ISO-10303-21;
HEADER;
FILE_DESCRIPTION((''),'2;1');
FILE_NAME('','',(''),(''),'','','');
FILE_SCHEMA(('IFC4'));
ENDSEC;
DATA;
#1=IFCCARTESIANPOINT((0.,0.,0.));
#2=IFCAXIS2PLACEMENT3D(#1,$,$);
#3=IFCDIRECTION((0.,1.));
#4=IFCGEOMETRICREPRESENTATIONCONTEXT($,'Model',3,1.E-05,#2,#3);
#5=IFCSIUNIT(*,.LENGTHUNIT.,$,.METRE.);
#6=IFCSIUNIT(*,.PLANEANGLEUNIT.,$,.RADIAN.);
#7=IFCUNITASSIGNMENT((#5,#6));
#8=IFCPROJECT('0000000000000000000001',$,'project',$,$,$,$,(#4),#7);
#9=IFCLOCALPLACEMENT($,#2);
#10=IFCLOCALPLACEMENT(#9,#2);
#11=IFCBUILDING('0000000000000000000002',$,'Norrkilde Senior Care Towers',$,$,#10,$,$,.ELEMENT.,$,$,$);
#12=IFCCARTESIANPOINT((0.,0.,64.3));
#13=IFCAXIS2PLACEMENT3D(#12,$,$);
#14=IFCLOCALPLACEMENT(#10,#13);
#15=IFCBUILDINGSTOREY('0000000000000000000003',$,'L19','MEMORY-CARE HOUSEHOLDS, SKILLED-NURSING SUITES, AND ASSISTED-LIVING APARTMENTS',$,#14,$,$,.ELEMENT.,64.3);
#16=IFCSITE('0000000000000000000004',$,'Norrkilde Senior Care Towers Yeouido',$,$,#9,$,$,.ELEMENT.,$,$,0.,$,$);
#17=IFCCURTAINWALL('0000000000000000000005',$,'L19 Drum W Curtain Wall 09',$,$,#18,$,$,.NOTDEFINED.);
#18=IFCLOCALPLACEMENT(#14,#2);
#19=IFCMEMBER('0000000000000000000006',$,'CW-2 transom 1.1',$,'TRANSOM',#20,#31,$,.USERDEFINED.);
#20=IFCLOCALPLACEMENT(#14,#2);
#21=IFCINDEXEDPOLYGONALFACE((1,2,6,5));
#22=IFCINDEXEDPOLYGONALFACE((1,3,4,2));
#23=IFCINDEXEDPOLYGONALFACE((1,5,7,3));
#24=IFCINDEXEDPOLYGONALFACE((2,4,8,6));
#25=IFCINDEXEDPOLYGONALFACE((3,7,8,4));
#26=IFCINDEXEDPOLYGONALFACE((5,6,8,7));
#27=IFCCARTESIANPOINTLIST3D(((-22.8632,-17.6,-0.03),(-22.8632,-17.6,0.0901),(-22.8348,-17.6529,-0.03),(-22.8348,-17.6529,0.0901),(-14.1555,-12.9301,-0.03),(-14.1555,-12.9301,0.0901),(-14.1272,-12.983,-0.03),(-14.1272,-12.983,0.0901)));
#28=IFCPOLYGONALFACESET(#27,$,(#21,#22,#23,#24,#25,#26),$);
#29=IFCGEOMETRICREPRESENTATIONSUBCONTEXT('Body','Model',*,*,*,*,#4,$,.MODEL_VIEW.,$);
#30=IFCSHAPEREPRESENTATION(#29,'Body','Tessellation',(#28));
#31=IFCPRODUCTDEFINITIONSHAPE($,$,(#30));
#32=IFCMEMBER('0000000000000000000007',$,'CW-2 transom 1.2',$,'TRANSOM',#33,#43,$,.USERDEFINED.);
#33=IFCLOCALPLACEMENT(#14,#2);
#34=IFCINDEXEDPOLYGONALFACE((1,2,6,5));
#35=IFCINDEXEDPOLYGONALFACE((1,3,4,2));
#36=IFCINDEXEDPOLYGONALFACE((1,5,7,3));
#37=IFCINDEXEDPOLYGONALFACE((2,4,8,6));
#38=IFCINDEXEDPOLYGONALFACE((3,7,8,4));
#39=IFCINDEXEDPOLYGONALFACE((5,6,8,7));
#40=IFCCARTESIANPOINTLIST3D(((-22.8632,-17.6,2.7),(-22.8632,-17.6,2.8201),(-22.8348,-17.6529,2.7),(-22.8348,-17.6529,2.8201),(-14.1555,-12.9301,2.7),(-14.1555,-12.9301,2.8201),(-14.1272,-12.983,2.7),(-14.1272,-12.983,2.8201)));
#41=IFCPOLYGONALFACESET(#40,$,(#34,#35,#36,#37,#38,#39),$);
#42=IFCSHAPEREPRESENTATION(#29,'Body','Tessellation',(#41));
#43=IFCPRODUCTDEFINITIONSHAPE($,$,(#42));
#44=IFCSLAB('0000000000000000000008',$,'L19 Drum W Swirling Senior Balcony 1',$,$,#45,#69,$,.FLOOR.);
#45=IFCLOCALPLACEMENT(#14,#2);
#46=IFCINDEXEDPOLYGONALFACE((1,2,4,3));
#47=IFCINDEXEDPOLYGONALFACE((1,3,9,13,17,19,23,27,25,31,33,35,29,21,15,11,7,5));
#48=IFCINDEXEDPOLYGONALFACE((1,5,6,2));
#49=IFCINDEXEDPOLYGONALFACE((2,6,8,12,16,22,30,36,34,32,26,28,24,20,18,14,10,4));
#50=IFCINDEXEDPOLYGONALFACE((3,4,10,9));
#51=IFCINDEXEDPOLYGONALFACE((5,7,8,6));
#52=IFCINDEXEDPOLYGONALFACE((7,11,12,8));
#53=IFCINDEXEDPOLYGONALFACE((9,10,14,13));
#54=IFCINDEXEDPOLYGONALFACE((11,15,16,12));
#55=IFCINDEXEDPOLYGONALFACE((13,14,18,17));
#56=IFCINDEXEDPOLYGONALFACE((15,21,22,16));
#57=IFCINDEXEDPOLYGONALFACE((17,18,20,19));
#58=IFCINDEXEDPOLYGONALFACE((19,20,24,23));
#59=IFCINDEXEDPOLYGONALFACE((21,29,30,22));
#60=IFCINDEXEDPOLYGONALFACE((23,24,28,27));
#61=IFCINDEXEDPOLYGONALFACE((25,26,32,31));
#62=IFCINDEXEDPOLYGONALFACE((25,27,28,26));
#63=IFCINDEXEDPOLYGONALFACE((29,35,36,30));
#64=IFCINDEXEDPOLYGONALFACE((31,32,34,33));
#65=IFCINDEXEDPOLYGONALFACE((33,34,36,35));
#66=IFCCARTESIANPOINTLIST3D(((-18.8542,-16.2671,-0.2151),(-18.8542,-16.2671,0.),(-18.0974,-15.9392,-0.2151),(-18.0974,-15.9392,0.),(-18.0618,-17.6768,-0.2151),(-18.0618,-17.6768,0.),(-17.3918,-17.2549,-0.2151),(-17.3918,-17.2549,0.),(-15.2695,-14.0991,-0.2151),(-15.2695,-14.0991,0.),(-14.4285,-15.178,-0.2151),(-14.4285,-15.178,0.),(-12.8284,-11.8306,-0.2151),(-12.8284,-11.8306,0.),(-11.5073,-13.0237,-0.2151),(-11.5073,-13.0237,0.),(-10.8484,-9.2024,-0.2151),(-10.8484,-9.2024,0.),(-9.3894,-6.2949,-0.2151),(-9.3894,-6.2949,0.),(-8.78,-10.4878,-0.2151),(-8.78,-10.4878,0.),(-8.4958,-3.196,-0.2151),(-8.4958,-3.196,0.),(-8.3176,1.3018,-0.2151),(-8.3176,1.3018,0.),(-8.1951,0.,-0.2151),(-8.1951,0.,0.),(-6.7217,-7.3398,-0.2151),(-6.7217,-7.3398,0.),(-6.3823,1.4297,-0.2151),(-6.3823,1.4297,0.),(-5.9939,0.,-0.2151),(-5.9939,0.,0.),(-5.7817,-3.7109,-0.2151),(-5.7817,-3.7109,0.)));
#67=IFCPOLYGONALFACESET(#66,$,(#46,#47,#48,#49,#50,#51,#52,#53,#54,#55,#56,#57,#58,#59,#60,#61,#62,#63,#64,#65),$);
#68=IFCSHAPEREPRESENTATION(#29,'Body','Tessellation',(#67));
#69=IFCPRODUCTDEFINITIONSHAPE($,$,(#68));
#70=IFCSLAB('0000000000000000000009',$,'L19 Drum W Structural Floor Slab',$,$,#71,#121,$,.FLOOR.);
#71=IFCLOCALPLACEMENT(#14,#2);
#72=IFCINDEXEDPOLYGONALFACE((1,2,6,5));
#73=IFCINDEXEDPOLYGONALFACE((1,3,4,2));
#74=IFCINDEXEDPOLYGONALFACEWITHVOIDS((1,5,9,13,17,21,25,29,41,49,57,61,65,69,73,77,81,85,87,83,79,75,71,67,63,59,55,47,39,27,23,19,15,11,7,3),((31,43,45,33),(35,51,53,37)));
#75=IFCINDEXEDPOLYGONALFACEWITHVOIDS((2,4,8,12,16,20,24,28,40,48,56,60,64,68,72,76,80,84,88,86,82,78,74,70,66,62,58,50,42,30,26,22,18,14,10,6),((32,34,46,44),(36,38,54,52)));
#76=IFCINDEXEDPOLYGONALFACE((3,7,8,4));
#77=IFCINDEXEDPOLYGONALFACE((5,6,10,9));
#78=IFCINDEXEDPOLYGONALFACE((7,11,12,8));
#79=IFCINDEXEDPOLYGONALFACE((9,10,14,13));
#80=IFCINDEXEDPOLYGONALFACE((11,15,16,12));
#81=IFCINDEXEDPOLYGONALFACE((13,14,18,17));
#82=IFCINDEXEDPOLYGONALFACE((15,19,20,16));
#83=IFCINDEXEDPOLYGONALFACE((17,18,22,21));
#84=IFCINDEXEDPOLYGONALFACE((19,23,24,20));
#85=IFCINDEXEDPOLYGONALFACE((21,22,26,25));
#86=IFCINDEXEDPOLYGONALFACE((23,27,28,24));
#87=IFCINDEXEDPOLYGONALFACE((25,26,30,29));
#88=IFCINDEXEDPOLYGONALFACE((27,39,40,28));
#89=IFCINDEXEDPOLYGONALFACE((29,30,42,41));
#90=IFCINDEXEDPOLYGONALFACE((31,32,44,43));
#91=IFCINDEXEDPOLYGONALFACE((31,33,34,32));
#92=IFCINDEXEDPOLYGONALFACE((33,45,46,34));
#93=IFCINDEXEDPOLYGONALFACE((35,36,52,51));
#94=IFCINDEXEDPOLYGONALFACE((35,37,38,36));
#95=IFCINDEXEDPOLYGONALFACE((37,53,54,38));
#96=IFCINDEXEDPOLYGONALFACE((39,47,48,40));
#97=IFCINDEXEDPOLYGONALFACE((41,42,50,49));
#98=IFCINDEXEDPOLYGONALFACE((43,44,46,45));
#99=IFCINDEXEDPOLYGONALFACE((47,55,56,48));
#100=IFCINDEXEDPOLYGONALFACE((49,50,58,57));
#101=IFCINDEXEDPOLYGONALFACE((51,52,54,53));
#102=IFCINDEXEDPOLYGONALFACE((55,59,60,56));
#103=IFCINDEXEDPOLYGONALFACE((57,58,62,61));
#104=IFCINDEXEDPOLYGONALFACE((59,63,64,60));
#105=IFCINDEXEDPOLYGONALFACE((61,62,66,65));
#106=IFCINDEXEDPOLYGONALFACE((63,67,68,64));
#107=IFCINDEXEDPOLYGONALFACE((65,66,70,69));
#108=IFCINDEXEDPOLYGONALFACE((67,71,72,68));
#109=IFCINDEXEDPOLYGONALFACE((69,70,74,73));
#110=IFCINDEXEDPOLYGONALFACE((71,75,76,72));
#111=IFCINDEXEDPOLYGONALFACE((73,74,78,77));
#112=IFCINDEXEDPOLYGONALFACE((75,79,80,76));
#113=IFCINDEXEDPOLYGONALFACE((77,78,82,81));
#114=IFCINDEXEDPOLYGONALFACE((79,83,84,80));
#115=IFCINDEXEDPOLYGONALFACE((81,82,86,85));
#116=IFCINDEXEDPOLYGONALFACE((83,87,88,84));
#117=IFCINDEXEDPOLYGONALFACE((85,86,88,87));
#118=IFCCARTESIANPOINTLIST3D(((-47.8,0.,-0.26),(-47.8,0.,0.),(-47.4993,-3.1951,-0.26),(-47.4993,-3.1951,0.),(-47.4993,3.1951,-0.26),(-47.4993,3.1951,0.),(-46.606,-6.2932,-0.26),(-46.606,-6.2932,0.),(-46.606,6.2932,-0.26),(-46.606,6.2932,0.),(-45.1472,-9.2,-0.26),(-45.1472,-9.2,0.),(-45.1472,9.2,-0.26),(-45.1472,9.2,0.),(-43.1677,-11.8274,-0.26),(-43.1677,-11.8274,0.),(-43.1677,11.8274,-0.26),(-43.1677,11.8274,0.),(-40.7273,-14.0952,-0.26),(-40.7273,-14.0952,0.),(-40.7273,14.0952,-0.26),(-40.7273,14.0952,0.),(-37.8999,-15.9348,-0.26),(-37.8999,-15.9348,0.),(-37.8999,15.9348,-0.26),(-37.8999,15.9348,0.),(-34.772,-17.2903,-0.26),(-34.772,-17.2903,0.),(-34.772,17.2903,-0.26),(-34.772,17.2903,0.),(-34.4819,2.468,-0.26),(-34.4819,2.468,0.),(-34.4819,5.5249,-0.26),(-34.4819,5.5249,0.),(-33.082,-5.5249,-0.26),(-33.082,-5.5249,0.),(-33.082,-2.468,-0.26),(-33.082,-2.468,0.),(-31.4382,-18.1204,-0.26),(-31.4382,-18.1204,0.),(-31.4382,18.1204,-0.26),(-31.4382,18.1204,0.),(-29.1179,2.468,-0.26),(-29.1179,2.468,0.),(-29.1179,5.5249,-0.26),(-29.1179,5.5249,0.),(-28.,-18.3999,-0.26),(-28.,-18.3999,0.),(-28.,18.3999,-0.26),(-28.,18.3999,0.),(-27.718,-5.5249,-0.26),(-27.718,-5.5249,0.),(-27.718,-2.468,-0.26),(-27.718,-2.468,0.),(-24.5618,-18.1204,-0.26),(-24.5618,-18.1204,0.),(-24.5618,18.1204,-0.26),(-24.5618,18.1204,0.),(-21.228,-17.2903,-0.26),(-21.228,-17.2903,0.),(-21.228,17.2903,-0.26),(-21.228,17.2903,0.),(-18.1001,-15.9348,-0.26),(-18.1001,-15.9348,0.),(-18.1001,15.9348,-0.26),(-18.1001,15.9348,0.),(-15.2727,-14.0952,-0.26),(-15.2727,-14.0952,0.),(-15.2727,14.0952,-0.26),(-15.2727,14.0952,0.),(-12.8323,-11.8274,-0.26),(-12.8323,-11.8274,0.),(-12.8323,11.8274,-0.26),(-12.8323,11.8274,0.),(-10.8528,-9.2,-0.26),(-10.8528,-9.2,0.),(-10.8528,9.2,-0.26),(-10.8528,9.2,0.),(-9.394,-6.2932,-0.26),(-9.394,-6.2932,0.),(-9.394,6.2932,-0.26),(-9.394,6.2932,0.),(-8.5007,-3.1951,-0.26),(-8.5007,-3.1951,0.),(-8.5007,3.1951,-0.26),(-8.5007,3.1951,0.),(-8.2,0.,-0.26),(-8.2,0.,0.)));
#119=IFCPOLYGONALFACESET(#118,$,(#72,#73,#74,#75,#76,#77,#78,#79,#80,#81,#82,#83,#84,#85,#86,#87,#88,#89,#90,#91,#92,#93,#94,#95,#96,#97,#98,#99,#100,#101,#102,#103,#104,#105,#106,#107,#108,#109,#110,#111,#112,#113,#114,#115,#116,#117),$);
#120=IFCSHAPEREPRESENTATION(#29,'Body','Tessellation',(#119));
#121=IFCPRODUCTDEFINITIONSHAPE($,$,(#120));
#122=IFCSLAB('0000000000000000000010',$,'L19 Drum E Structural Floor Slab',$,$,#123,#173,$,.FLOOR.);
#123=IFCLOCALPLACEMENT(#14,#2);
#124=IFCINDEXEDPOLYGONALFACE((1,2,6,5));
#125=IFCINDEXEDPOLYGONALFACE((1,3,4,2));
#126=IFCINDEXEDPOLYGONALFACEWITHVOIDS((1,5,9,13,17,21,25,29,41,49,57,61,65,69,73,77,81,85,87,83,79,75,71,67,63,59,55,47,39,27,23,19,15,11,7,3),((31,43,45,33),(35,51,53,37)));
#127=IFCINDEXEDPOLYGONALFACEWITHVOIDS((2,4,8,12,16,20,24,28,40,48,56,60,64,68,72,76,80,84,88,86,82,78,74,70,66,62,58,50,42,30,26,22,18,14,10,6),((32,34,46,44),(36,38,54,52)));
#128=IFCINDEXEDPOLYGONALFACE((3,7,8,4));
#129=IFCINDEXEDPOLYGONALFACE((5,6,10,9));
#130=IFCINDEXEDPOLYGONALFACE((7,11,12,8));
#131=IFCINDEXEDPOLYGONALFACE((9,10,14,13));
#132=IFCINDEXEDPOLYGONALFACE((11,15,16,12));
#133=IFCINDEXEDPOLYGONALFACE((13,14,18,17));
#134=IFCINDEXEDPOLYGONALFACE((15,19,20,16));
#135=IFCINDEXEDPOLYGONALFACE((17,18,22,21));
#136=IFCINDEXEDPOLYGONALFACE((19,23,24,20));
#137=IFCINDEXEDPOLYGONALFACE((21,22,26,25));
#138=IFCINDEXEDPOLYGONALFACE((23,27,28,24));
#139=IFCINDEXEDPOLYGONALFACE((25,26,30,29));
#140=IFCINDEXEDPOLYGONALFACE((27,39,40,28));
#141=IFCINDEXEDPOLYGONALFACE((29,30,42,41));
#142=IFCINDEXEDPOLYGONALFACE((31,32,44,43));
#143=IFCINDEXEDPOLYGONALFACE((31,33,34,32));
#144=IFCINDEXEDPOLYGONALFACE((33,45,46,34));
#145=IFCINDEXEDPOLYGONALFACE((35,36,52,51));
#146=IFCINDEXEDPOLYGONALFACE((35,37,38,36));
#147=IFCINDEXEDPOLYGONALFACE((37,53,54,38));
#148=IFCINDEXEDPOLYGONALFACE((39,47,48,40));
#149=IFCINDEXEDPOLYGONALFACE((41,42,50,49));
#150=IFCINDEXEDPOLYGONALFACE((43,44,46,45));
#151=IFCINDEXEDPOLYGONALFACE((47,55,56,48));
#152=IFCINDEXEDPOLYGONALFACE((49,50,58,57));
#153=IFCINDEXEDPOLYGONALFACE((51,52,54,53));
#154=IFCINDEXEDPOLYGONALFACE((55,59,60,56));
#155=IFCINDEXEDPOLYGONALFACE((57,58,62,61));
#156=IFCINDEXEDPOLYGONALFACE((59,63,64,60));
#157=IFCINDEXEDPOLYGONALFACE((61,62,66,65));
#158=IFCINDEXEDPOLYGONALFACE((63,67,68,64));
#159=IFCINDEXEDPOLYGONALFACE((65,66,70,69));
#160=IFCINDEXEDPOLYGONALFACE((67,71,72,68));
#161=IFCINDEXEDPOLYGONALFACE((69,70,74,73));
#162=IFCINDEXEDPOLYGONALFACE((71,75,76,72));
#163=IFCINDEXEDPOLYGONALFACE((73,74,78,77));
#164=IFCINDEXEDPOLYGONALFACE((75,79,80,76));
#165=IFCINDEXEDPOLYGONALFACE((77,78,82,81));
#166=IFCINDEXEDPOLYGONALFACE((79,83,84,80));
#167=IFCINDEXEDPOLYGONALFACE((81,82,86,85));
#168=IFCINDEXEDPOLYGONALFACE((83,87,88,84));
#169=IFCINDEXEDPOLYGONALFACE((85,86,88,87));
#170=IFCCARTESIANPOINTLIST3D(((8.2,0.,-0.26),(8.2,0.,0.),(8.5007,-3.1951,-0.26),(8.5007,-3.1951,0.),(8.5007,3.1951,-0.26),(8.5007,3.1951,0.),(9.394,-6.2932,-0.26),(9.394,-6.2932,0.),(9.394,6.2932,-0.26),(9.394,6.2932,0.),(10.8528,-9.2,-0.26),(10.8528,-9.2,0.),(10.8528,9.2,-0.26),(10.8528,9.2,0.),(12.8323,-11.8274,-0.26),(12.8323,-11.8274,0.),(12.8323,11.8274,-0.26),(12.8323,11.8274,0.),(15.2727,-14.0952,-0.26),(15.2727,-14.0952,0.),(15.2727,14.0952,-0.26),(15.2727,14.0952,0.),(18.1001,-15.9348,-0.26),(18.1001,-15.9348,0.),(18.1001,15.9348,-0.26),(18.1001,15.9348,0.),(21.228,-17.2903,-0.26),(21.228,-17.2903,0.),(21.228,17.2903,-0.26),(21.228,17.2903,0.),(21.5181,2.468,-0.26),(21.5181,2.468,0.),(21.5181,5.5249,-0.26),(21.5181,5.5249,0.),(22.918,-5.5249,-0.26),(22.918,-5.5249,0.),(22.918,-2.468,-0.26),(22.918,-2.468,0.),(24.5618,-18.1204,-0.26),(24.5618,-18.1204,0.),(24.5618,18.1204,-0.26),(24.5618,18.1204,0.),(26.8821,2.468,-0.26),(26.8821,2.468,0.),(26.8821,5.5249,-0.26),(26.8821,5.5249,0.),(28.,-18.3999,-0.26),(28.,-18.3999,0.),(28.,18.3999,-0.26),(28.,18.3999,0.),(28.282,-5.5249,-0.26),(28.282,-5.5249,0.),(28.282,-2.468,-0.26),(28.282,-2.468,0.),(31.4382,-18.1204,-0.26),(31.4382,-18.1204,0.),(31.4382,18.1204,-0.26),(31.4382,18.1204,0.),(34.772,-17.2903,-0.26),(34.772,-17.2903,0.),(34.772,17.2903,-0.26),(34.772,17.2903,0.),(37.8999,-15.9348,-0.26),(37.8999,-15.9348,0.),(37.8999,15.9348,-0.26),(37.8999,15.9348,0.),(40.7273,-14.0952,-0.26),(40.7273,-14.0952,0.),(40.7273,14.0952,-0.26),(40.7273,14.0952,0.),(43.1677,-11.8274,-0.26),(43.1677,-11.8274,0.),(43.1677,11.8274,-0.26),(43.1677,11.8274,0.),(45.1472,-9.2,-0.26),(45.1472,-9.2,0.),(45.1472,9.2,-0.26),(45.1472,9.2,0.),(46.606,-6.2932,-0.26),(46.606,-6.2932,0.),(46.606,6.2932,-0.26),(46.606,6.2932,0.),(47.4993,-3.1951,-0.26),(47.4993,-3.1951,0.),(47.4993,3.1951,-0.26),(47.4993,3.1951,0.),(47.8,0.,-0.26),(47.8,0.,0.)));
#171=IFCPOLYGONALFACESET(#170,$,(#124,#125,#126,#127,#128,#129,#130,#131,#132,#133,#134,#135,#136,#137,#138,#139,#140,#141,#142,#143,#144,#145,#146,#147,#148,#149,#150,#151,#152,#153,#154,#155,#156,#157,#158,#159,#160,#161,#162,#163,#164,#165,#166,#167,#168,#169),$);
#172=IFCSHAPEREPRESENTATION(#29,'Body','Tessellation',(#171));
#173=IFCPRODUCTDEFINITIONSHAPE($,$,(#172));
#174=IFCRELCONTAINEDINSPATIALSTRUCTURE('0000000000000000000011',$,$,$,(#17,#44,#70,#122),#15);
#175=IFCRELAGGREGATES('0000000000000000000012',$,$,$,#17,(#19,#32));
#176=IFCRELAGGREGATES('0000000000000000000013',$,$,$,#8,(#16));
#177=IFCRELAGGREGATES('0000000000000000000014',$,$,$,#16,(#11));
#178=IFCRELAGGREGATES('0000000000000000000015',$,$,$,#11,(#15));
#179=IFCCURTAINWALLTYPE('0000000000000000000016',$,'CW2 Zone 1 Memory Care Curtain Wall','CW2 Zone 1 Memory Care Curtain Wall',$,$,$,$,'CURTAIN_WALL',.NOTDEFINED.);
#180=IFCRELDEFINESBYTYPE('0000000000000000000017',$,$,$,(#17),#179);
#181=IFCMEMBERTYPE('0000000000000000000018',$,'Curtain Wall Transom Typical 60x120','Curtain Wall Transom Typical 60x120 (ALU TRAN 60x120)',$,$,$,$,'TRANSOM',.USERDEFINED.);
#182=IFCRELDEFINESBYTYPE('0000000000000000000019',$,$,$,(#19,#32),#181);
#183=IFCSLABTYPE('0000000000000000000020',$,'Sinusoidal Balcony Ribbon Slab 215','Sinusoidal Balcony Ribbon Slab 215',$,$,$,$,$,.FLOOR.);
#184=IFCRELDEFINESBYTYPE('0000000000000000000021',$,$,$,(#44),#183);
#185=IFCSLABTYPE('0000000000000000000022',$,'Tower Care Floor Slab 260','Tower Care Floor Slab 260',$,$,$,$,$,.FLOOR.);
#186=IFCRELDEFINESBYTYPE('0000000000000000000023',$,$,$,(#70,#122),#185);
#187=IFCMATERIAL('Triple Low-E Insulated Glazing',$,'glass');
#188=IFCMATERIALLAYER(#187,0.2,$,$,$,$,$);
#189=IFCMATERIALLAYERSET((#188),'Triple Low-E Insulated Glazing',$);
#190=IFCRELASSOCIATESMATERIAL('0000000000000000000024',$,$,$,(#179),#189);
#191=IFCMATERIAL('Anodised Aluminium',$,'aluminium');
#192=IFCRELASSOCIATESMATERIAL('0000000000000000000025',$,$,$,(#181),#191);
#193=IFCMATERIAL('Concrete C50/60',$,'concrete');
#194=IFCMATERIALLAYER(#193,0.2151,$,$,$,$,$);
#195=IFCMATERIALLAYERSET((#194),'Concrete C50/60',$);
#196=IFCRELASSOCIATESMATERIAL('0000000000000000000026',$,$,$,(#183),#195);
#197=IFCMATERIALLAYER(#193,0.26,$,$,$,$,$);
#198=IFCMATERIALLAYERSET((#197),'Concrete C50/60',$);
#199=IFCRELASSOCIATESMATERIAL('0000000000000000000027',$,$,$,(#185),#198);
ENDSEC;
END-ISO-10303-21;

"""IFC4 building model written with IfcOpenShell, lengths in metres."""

from ifc_helpers import new_model, si_unit, direction, frame, origin, origin_2d, place, context, subcontext, project, spatial, polyline, rectangle, outline, extrude, source, transform, mapped, material, layer, layer_set, material_profile, profile_set, type_object, type_shapes, element, aggregate, save


model = new_model("IFC4")

# Units and contexts
model_context = context("Model", 3, precision=1e-05, world=origin(), true_north=direction((0.0, 1.0)))
body_context = subcontext(model_context, "Body", "Model", "MODEL_VIEW")
ifc_project = project(units=[si_unit("LENGTHUNIT", "METRE"), si_unit("PLANEANGLEUNIT", "RADIAN")], contexts=[model_context])

# Site, building, storey
site_placement = place(None, origin())
site = spatial("IfcSite", under=ifc_project, at=site_placement, Name="Norrkilde Senior Care Towers Yeouido", CompositionType="ELEMENT", RefElevation=0.0)
building_placement = place(site_placement, origin())
building = spatial("IfcBuilding", under=site, at=building_placement, Name="Norrkilde Senior Care Towers", CompositionType="ELEMENT")
storey_placement = place(building_placement, frame((0.0, 0.0, 64.3)))
storey = spatial("IfcBuildingStorey", under=building, at=storey_placement, Name="L19", Description="MEMORY-CARE HOUSEHOLDS, SKILLED-NURSING SUITES, AND ASSISTED-LIVING APARTMENTS", CompositionType="ELEMENT", Elevation=64.3)

# Curtain wall
ifc_material_1 = material(Name="Triple Low-E Insulated Glazing", Category="glass")
ifc_layer_1 = layer(ifc_material_1, 0.2)
ifc_layer_set_1 = layer_set([ifc_layer_1], Name="Triple Low-E Insulated Glazing")
curtain_wall_type = type_object("IfcCurtainWallType", Name="CW2 Zone 1 Memory Care Curtain Wall", Description="CW2 Zone 1 Memory Care Curtain Wall", ElementType="CURTAIN_WALL", PredefinedType="NOTDEFINED", material=ifc_layer_set_1)
curtain_wall_1_placement = place(storey_placement, origin())
curtain_wall_1 = element("IfcCurtainWall", 1, at=curtain_wall_1_placement, inside=storey, type_object=curtain_wall_type, Name="L19 Drum W Curtain Wall 09", PredefinedType="NOTDEFINED")
ifc_material_2 = material(Name="Anodised Aluminium", Category="aluminium")

# Members
ifc_material_profile_1 = material_profile(ifc_material_2, rectangle(XDim=0.0601, YDim=0.1201, at=origin_2d()), Name="ALU TRAN 60x120")
ifc_profile_set_1 = profile_set([ifc_material_profile_1], Name="Anodised Aluminium")
member_type_1 = type_object("IfcMemberType", Name="Curtain Wall Transom Typical 60x120", Description="Curtain Wall Transom Typical 60x120 (ALU TRAN 60x120)", ElementType="TRANSOM", PredefinedType="USERDEFINED", material=ifc_profile_set_1)
shared_shape_1 = source(origin(), body_context, "Body", "SweptSolid", [
    extrude(rectangle(XDim=0.0601, YDim=0.1201, at=origin_2d()), origin(), (0.0, 0.0, 1.0), 9.8809),
])
type_shapes(member_type_1, [shared_shape_1])
member_1_placement = place(storey_placement, frame((-14.1414, -12.9565, 0.03), z_axis=(-0.881267, -0.472618, 0.0), x_axis=(0.472618, -0.881267, 0.0)))
member_1 = element("IfcMember", 2, at=member_1_placement, type_object=member_type_1, Name="CW-2 transom 1.1", ObjectType="TRANSOM", PredefinedType="USERDEFINED", context=body_context, shape_type="MappedRepresentation", body=[
    mapped(shared_shape_1, transform((0.0, 0.0, 0.0), x_axis=(1.0, 0.0, 0.0), y_axis=(0.0, 1.0, 0.0), z_axis=(0.0, 0.0, 1.0), scale=1.0)),
])
member_2_placement = place(storey_placement, frame((-14.1414, -12.9565, 2.76), z_axis=(-0.881267, -0.472618, 0.0), x_axis=(0.472618, -0.881267, 0.0)))
member_2 = element("IfcMember", 3, at=member_2_placement, type_object=member_type_1, Name="CW-2 transom 1.2", ObjectType="TRANSOM", PredefinedType="USERDEFINED", context=body_context, shape_type="MappedRepresentation", body=[
    mapped(shared_shape_1, transform((0.0, 0.0, 0.0), x_axis=(1.0, 0.0, 0.0), y_axis=(0.0, 1.0, 0.0), z_axis=(0.0, 0.0, 1.0), scale=1.0)),
])

# Slabs
ifc_material_3 = material(Name="Concrete C50/60", Category="concrete")
ifc_layer_2 = layer(ifc_material_3, 0.2151)
ifc_layer_set_2 = layer_set([ifc_layer_2], Name="Concrete C50/60")
slab_type_1 = type_object("IfcSlabType", Name="Sinusoidal Balcony Ribbon Slab 215", Description="Sinusoidal Balcony Ribbon Slab 215", PredefinedType="FLOOR", material=ifc_layer_set_2)
slab_1_placement = place(storey_placement, frame((0.0, 0.0, -0.2151)))
element("IfcSlab", 4, at=slab_1_placement, inside=storey, type_object=slab_type_1, Name="L19 Drum W Swirling Senior Balcony 1", PredefinedType="FLOOR", context=body_context, shape_type="SweptSolid", body=[
    extrude(outline(polyline([(-8.78, -10.4878), (-11.5073, -13.0237), (-14.4285, -15.178), (-17.3918, -17.2549), (-18.0618, -17.6768), (-18.8542, -16.2671), (-18.0974, -15.9392), (-15.2695, -14.0991), (-12.8284, -11.8306), (-10.8484, -9.2024), (-9.3894, -6.2949), (-8.4958, -3.196), (-8.1951, 0.0), (-8.3176, 1.3018), (-6.3823, 1.4297), (-5.9939, 0.0), (-5.7817, -3.7109), (-6.7217, -7.3398), (-8.78, -10.4878)])), origin(), (0.0, 0.0, 1.0), 0.2151),
])
ifc_layer_3 = layer(ifc_material_3, 0.26)
ifc_layer_set_3 = layer_set([ifc_layer_3], Name="Concrete C50/60")
slab_type_2 = type_object("IfcSlabType", Name="Tower Care Floor Slab 260", Description="Tower Care Floor Slab 260", PredefinedType="FLOOR", material=ifc_layer_set_3)
slab_2_placement = place(storey_placement, frame((0.0, 0.0, -0.26)))
element("IfcSlab", 5, at=slab_2_placement, inside=storey, type_object=slab_type_2, Name="L19 Drum W Structural Floor Slab", PredefinedType="FLOOR", context=body_context, shape_type="SweptSolid", body=[
    extrude(outline(polyline([(-9.394, -6.2932), (-10.8528, -9.2), (-12.8323, -11.8274), (-15.2727, -14.0952), (-18.1001, -15.9348), (-21.228, -17.2903), (-24.5618, -18.1204), (-28.0, -18.3999), (-31.4382, -18.1204), (-34.772, -17.2903), (-37.8999, -15.9348), (-40.7273, -14.0952), (-43.1677, -11.8274), (-45.1472, -9.2), (-46.606, -6.2932), (-47.4993, -3.1951), (-47.8, 0.0), (-47.4993, 3.1951), (-46.606, 6.2932), (-45.1472, 9.2), (-43.1677, 11.8274), (-40.7273, 14.0952), (-37.8999, 15.9348), (-34.772, 17.2903), (-31.4382, 18.1204), (-28.0, 18.3999), (-24.5618, 18.1204), (-21.228, 17.2903), (-18.1001, 15.9348), (-15.2727, 14.0952), (-12.8323, 11.8274), (-10.8528, 9.2), (-9.394, 6.2932), (-8.5007, 3.1951), (-8.2, 0.0), (-8.5007, -3.1951), (-9.394, -6.2932)]), holes=[polyline([(-34.4819, 2.468), (-29.1179, 2.468), (-29.1179, 5.5249), (-34.4819, 5.5249), (-34.4819, 2.468)]), polyline([(-27.718, -5.5249), (-27.718, -2.468), (-33.082, -2.468), (-33.082, -5.5249), (-27.718, -5.5249)])]), origin(), (0.0, 0.0, 1.0), 0.26),
])
slab_3_placement = place(storey_placement, frame((0.0, 0.0, -0.26)))
element("IfcSlab", 6, at=slab_3_placement, inside=storey, type_object=slab_type_2, Name="L19 Drum E Structural Floor Slab", PredefinedType="FLOOR", context=body_context, shape_type="SweptSolid", body=[
    extrude(outline(polyline([(46.606, -6.2932), (45.1472, -9.2), (43.1677, -11.8274), (40.7273, -14.0952), (37.8999, -15.9348), (34.772, -17.2903), (31.4382, -18.1204), (28.0, -18.3999), (24.5618, -18.1204), (21.228, -17.2903), (18.1001, -15.9348), (15.2727, -14.0952), (12.8323, -11.8274), (10.8528, -9.2), (9.394, -6.2932), (8.5007, -3.1951), (8.2, 0.0), (8.5007, 3.1951), (9.394, 6.2932), (10.8528, 9.2), (12.8323, 11.8274), (15.2727, 14.0952), (18.1001, 15.9348), (21.228, 17.2903), (24.5618, 18.1204), (28.0, 18.3999), (31.4382, 18.1204), (34.772, 17.2903), (37.8999, 15.9348), (40.7273, 14.0952), (43.1677, 11.8274), (45.1472, 9.2), (46.606, 6.2932), (47.4993, 3.1951), (47.8, 0.0), (47.4993, -3.1951), (46.606, -6.2932)]), holes=[polyline([(21.5181, 2.468), (26.8821, 2.468), (26.8821, 5.5249), (21.5181, 5.5249), (21.5181, 2.468)]), polyline([(28.282, -5.5249), (28.282, -2.468), (22.918, -2.468), (22.918, -5.5249), (28.282, -5.5249)])]), origin(), (0.0, 0.0, 1.0), 0.26),
])

aggregate(curtain_wall_1, [member_1, member_2])

save(model, "model.ifc")
